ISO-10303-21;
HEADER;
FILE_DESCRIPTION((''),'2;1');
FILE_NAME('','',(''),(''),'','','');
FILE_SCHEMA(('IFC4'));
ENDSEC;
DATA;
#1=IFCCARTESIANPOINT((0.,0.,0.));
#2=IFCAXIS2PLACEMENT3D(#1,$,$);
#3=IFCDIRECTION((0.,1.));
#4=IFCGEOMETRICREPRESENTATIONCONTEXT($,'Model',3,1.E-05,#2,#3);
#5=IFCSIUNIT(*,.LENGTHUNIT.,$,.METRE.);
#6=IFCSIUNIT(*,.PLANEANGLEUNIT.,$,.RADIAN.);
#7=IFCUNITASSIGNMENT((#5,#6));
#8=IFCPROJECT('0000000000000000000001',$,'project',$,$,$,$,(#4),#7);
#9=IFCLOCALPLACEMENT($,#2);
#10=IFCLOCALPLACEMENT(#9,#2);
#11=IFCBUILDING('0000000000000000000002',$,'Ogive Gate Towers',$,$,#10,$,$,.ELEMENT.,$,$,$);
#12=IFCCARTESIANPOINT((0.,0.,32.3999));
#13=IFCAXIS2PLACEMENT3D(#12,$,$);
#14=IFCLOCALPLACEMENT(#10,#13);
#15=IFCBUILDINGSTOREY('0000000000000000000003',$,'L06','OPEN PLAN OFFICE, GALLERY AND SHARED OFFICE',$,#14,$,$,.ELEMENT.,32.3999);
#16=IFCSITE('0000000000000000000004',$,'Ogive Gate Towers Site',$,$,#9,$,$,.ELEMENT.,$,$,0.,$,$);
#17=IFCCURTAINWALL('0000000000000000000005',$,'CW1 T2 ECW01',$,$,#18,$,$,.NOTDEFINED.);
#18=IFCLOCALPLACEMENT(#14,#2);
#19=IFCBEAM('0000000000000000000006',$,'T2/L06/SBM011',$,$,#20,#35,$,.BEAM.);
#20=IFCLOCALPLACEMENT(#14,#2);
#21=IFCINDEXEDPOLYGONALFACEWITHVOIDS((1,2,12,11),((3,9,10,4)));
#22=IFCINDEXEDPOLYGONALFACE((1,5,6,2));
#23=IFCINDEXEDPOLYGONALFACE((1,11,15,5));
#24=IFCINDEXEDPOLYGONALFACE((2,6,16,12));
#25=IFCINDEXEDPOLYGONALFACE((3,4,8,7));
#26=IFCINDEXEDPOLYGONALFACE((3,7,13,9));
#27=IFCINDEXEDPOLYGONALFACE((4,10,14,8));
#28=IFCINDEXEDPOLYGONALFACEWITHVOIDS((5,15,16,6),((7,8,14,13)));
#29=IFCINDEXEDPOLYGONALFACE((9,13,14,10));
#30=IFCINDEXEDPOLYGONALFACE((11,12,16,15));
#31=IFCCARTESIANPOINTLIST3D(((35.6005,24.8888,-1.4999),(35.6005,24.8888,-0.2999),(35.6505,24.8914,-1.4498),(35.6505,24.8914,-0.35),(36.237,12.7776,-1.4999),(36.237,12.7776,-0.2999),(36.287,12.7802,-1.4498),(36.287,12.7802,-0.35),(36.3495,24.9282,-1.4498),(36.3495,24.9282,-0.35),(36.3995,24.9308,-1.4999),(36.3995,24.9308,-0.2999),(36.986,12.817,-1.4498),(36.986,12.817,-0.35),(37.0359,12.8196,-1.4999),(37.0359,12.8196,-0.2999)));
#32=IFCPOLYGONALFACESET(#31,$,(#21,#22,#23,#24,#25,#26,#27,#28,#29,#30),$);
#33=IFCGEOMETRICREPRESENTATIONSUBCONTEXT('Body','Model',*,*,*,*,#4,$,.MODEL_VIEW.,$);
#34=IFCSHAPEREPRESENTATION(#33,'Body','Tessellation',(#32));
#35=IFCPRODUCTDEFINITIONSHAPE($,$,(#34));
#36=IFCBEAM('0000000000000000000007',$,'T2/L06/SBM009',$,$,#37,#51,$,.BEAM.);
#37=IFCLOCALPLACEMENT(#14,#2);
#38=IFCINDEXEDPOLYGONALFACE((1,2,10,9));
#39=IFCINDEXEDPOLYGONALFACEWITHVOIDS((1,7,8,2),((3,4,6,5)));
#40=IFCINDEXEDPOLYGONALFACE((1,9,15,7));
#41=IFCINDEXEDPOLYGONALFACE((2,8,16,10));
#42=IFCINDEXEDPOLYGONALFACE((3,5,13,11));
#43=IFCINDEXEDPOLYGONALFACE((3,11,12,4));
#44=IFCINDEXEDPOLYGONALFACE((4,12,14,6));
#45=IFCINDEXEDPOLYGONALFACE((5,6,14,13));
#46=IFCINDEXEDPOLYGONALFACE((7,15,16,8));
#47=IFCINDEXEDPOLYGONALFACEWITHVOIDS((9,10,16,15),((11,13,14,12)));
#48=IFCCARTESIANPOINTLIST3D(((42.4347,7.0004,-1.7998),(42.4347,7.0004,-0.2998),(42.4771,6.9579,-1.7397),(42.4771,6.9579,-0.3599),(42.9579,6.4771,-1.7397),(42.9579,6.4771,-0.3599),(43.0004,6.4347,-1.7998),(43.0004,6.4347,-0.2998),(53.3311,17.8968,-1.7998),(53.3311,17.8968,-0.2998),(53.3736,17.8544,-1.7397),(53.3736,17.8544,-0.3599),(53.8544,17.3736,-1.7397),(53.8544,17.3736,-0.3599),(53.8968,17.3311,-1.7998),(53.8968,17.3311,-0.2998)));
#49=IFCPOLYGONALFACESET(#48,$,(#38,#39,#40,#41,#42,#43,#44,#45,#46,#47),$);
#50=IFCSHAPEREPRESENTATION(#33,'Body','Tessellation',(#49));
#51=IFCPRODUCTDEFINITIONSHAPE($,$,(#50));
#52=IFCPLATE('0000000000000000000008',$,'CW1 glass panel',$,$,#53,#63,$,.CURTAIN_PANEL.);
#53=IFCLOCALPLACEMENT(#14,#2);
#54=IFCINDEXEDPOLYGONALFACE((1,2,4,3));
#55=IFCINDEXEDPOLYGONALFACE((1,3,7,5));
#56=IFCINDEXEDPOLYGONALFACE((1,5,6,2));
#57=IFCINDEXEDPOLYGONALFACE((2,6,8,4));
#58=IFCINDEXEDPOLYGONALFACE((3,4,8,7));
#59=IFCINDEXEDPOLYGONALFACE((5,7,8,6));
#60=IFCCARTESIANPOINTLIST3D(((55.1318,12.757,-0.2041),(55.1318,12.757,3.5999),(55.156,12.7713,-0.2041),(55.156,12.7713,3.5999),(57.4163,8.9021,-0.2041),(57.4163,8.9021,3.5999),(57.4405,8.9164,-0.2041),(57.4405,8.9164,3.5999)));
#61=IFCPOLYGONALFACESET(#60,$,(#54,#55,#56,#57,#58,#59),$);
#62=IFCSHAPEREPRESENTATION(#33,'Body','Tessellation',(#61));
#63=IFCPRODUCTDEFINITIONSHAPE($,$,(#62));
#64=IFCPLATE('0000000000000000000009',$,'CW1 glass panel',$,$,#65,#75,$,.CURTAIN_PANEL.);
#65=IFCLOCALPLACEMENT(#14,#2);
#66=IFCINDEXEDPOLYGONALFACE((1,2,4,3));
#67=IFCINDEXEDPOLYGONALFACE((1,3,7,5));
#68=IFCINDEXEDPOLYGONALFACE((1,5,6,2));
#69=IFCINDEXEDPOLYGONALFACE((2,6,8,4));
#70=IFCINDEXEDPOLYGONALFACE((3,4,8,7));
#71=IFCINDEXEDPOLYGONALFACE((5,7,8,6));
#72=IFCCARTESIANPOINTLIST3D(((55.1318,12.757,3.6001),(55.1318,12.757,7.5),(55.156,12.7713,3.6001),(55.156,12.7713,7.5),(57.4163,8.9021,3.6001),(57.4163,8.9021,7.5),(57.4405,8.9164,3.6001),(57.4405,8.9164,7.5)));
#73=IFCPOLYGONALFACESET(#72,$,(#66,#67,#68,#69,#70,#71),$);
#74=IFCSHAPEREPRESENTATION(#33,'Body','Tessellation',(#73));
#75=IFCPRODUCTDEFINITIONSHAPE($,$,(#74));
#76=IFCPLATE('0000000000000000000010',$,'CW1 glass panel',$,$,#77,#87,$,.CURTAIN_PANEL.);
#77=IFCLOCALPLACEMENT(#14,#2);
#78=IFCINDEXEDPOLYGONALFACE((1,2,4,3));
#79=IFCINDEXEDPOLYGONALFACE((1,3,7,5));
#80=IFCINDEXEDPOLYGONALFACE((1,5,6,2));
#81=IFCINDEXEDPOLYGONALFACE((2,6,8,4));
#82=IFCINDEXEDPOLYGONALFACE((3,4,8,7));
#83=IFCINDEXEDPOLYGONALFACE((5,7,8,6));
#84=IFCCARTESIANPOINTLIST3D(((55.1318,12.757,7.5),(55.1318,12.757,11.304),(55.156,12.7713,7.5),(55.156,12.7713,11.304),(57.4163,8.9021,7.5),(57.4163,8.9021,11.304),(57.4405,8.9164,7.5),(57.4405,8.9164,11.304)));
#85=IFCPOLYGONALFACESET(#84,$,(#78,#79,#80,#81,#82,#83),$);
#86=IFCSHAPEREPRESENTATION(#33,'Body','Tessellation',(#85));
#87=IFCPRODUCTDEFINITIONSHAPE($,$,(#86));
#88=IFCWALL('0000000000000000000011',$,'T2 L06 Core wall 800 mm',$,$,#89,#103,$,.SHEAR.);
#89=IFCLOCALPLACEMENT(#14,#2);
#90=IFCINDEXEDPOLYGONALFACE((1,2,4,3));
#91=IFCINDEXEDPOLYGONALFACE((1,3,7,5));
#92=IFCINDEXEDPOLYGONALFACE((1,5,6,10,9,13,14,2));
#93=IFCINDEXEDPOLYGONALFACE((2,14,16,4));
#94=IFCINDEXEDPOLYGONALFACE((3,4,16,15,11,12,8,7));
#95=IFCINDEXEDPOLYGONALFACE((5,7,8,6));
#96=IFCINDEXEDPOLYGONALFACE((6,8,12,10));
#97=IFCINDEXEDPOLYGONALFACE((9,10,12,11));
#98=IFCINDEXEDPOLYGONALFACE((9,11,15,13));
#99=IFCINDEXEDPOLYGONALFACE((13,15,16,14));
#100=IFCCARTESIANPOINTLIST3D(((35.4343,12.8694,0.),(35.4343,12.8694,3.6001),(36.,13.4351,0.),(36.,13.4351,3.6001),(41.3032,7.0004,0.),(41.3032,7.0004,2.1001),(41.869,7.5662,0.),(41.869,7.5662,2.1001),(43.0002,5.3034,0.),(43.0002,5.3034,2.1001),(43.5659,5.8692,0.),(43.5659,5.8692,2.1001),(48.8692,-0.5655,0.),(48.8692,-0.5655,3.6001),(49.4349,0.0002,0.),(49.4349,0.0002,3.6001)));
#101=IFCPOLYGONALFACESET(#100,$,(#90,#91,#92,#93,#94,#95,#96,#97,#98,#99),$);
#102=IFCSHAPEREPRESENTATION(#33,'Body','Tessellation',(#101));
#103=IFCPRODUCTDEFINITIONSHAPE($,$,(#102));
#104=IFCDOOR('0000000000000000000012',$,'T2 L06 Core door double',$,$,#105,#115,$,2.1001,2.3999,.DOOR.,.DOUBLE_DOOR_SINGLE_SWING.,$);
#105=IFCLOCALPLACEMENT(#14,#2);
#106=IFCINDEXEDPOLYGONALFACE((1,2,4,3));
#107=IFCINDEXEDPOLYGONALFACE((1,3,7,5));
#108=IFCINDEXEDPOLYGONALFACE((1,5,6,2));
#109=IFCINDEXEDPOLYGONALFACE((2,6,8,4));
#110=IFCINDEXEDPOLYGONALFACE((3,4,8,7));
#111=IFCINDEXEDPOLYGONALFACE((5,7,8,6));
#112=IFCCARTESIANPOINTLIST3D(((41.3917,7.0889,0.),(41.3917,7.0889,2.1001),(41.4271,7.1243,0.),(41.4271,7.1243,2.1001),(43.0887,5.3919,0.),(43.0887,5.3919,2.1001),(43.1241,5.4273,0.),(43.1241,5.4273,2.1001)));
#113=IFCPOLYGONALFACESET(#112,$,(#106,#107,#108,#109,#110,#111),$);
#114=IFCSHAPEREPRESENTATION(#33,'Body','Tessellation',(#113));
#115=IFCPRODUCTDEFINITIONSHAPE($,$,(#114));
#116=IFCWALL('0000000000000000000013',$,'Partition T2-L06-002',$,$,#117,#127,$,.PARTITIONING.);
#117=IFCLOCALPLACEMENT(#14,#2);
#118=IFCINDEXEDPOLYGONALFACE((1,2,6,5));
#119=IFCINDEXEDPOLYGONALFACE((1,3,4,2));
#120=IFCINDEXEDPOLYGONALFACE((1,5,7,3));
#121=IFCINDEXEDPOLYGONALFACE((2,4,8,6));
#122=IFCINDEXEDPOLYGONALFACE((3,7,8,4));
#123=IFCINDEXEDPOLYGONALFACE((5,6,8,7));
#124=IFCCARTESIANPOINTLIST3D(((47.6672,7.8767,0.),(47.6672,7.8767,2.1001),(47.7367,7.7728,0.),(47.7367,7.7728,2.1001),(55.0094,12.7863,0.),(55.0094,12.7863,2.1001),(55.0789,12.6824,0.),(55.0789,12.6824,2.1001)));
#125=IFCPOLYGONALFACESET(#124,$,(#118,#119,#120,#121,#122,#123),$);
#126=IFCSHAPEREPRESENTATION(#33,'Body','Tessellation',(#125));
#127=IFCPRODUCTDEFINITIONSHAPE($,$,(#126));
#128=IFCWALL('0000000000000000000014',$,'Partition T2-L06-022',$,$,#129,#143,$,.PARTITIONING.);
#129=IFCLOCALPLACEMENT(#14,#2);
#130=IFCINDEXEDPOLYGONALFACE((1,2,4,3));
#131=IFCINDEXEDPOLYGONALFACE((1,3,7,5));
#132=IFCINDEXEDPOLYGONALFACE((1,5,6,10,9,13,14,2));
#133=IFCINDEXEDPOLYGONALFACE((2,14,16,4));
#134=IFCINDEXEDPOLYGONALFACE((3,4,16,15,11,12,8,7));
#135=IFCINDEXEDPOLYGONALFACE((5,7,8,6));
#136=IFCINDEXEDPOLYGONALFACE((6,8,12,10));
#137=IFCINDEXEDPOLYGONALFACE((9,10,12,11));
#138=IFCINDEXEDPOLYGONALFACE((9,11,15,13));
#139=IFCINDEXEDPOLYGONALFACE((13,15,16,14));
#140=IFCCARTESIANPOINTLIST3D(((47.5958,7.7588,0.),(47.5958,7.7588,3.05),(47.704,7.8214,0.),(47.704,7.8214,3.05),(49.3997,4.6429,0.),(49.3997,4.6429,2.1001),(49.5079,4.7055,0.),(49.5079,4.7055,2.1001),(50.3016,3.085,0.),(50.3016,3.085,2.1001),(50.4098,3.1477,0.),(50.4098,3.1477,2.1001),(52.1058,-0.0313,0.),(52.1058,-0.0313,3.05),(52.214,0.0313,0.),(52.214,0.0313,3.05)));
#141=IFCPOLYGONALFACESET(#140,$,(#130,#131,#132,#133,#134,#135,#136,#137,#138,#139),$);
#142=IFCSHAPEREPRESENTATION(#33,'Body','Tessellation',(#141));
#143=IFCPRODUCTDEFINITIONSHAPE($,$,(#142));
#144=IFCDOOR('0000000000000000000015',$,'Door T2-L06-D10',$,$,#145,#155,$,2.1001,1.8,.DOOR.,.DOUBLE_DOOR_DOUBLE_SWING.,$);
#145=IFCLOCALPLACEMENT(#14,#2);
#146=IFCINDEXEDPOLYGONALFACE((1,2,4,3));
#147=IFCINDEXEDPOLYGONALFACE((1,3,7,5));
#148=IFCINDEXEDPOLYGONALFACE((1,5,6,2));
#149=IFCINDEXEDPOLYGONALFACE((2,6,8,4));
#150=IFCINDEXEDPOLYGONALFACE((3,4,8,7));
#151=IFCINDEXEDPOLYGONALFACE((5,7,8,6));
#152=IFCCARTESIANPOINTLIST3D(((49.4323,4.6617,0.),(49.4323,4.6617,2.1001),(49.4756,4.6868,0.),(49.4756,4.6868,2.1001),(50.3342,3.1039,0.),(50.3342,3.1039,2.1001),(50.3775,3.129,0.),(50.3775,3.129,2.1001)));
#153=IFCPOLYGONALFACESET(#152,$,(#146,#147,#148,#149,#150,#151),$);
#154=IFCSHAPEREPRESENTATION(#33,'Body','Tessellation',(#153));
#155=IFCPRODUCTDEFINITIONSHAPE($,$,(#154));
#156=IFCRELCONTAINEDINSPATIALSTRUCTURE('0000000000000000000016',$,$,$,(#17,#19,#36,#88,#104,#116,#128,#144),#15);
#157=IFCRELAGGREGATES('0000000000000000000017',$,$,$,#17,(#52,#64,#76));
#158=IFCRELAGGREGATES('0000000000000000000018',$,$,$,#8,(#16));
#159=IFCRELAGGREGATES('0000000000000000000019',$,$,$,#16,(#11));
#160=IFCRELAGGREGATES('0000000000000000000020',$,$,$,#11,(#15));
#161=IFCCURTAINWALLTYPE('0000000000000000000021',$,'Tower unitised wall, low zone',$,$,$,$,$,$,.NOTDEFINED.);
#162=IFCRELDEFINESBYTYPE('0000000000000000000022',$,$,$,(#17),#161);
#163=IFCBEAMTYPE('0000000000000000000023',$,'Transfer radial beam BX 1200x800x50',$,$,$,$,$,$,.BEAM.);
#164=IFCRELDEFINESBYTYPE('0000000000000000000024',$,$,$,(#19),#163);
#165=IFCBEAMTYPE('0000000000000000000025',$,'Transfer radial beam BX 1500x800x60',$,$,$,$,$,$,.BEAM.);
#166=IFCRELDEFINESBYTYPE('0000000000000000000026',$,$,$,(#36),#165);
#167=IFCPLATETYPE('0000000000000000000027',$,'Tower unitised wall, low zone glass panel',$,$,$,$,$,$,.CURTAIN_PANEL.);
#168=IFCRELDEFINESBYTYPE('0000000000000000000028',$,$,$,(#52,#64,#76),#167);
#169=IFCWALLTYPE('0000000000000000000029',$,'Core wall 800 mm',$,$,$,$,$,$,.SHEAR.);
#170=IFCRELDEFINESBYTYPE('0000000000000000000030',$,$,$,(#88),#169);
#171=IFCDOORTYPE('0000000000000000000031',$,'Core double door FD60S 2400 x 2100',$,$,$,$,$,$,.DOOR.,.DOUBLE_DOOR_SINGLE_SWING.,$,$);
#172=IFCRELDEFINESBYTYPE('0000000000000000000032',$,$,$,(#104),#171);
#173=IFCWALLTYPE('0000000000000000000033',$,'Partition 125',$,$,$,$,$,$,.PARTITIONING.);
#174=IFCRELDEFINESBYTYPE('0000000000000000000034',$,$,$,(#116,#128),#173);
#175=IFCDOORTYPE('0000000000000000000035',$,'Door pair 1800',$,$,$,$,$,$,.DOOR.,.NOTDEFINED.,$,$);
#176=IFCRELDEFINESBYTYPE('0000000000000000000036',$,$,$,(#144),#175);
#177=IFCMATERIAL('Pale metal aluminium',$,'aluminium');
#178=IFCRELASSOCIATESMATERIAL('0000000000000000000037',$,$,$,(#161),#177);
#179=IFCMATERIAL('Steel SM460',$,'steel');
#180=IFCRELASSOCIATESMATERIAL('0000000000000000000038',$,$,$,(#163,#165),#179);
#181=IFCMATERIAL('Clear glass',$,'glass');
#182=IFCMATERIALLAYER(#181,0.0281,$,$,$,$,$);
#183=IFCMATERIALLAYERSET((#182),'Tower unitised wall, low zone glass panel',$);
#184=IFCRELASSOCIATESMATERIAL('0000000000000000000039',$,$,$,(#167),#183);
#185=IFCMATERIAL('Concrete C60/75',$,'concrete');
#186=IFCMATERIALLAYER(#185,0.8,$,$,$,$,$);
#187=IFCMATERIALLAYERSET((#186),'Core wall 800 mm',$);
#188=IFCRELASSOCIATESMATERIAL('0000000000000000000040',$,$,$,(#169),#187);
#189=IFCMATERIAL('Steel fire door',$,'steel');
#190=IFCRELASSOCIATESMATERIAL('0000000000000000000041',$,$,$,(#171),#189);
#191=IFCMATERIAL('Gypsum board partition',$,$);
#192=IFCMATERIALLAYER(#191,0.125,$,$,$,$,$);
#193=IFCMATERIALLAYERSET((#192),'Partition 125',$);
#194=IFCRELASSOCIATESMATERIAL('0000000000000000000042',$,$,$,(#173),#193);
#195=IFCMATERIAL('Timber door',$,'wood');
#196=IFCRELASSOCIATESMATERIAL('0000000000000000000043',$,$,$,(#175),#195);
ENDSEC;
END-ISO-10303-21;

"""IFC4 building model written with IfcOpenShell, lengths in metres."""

from ifc_helpers import new_model, si_unit, direction, frame, frame_2d, origin, origin_2d, place, context, subcontext, project, spatial, rectangle, hollow_rectangle, extrude, material, layer, layer_set, material_profile, profile_set, type_object, element, fill, aggregate, save


model = new_model("IFC4")

# Units and contexts
model_context = context("Model", 3, precision=1e-05, world=origin(), true_north=direction((0.0, 1.0)))
body_context = subcontext(model_context, "Body", "Model", "MODEL_VIEW")
ifc_project = project(units=[si_unit("LENGTHUNIT", "METRE"), si_unit("PLANEANGLEUNIT", "RADIAN")], contexts=[model_context])

# Site, building, storey
site_placement = place(None, origin())
site = spatial("IfcSite", under=ifc_project, at=site_placement, Name="Ogive Gate Towers Site", CompositionType="ELEMENT", RefElevation=0.0)
building_placement = place(site_placement, origin())
building = spatial("IfcBuilding", under=site, at=building_placement, Name="Ogive Gate Towers", CompositionType="ELEMENT")
storey_placement = place(building_placement, frame((0.0, 0.0, 32.3999)))
storey = spatial("IfcBuildingStorey", under=building, at=storey_placement, Name="L06", Description="OPEN PLAN OFFICE, GALLERY AND SHARED OFFICE", CompositionType="ELEMENT", Elevation=32.3999)

# Curtain wall
ifc_material_1 = material(Name="Pale metal aluminium", Category="aluminium")
curtain_wall_type = type_object("IfcCurtainWallType", Name="Tower unitised wall, low zone", PredefinedType="NOTDEFINED", material=ifc_material_1)
curtain_wall_placement = place(storey_placement, origin())
curtain_wall = element("IfcCurtainWall", 1, at=curtain_wall_placement, inside=storey, type_object=curtain_wall_type, Name="CW1 T2 ECW01", PredefinedType="NOTDEFINED")

# Beams
ifc_material_2 = material(Name="Steel SM460", Category="steel")
ifc_material_profile_1 = material_profile(ifc_material_2, hollow_rectangle(XDim=0.8, YDim=1.2, WallThickness=0.05, at=origin_2d()), Name="BX 1200x800x50")
ifc_profile_set_1 = profile_set([ifc_material_profile_1], Name="Steel SM460")
beam_type_1 = type_object("IfcBeamType", Name="Transfer radial beam BX 1200x800x50", PredefinedType="BEAM", material=ifc_profile_set_1)
for number, where, z_axis, x_axis, name in (
    (2, (36.6365, 12.7986, -0.8999), (-0.05248, 0.998622, 0.0), (-0.998622, -0.05248, 0.0), "T2/L06/SBM011"),
):
    element("IfcBeam", number, at=place(storey_placement, frame(where, z_axis=z_axis, x_axis=x_axis)), inside=storey, type_object=beam_type_1, Name=name, PredefinedType="BEAM", context=body_context, shape_type="SweptSolid", body=[
        extrude(hollow_rectangle(XDim=0.8, YDim=1.2, WallThickness=0.05, at=origin_2d()), origin(), (0.0, 0.0, 1.0), 12.1279),
    ])
ifc_material_profile_2 = material_profile(ifc_material_2, hollow_rectangle(XDim=0.8, YDim=1.5, WallThickness=0.0601, at=origin_2d()), Name="BX 1500x800x60")
ifc_profile_set_2 = profile_set([ifc_material_profile_2], Name="Steel SM460")
beam_type_2 = type_object("IfcBeamType", Name="Transfer radial beam BX 1500x800x60", PredefinedType="BEAM", material=ifc_profile_set_2)
beam_placement = place(storey_placement, frame((42.7175, 6.7175, -1.0498), z_axis=(0.707107, 0.707107, 0.0), x_axis=(-0.707107, 0.707107, 0.0)))
element("IfcBeam", 3, at=beam_placement, inside=storey, type_object=beam_type_2, Name="T2/L06/SBM009", PredefinedType="BEAM", context=body_context, shape_type="SweptSolid", body=[
    extrude(hollow_rectangle(XDim=0.8, YDim=1.5, WallThickness=0.0601, at=origin_2d()), origin(), (0.0, 0.0, 1.0), 15.4099),
])

# Plates
ifc_material_3 = material(Name="Clear glass", Category="glass")
ifc_layer_1 = layer(ifc_material_3, 0.0281)
ifc_layer_set_1 = layer_set([ifc_layer_1], Name="Tower unitised wall, low zone glass panel")
plate_type = type_object("IfcPlateType", Name="Tower unitised wall, low zone glass panel", PredefinedType="CURTAIN_PANEL", material=ifc_layer_set_1)
plate_1_placement = place(storey_placement, frame((56.2861, 10.8367, -0.2041), z_axis=(0.0, 0.0, 1.0), x_axis=(-0.509822, 0.86028, 0.0)))
plate_1 = element("IfcPlate", 4, at=plate_1_placement, type_object=plate_type, Name="CW1 glass panel", PredefinedType="CURTAIN_PANEL", context=body_context, shape_type="SweptSolid", body=[
    extrude(rectangle(XDim=4.481, YDim=0.0281, at=origin_2d()), origin(), (0.0, 0.0, 1.0), 3.804),
])
plate_2_placement = place(storey_placement, frame((56.2861, 10.8367, 3.6001), z_axis=(0.0, 0.0, 1.0), x_axis=(-0.509822, 0.86028, 0.0)))
plate_2 = element("IfcPlate", 5, at=plate_2_placement, type_object=plate_type, Name="CW1 glass panel", PredefinedType="CURTAIN_PANEL", context=body_context, shape_type="SweptSolid", body=[
    extrude(rectangle(XDim=4.481, YDim=0.0281, at=origin_2d()), origin(), (0.0, 0.0, 1.0), 3.8999),
])
plate_3_placement = place(storey_placement, frame((56.2861, 10.8367, 7.5), z_axis=(0.0, 0.0, 1.0), x_axis=(-0.509822, 0.86028, 0.0)))
plate_3 = element("IfcPlate", 6, at=plate_3_placement, type_object=plate_type, Name="CW1 glass panel", PredefinedType="CURTAIN_PANEL", context=body_context, shape_type="SweptSolid", body=[
    extrude(rectangle(XDim=4.481, YDim=0.0281, at=origin_2d()), origin(), (0.0, 0.0, 1.0), 3.804),
])
aggregate(curtain_wall, [plate_1, plate_2, plate_3])

# Wall, opening, door
ifc_material_4 = material(Name="Concrete C60/75", Category="concrete")
ifc_layer_2 = layer(ifc_material_4, 0.8)
ifc_layer_set_2 = layer_set([ifc_layer_2], Name="Core wall 800 mm")
wall_type_1 = type_object("IfcWallType", Name="Core wall 800 mm", PredefinedType="SHEAR", material=ifc_layer_set_2)
wall_1_placement = place(storey_placement, frame((49.1521, -0.2827, 0.0), z_axis=(0.0, 0.0, 1.0), x_axis=(-0.707107, 0.707107, 0.0)))
wall_1 = element("IfcWall", 7, at=wall_1_placement, inside=storey, type_object=wall_type_1, Name="T2 L06 Core wall 800 mm", PredefinedType="SHEAR", context=body_context, shape_type="SweptSolid", body=[
    extrude(rectangle(XDim=18.9998, YDim=0.8, at=frame_2d((9.5, 0.0))), origin(), (0.0, 0.0, 1.0), 3.6001),
])
opening_1_placement = place(wall_1_placement, frame((8.3, 0.0, 0.0)))
opening_1 = element("IfcOpeningElement", 8, at=opening_1_placement, cuts=wall_1, PredefinedType="OPENING", context=body_context, shape_type="SweptSolid", body=[
    extrude(rectangle(XDim=2.3999, YDim=2.1001, at=frame_2d((1.2, 1.05))), frame((0.0, 0.4102, 0.0), z_axis=(0.0, -1.0, 0.0), x_axis=(1.0, 0.0, 0.0)), (0.0, 0.0, 1.0), 0.8201),
])
ifc_material_5 = material(Name="Steel fire door", Category="steel")
door_type_1 = type_object("IfcDoorType", Name="Core double door FD60S 2400 x 2100", OperationType="DOUBLE_DOOR_SINGLE_SWING", PredefinedType="DOOR", material=ifc_material_5)
door_1_placement = place(opening_1_placement, origin())
door_1 = element("IfcDoor", 9, at=door_1_placement, inside=storey, type_object=door_type_1, Name="T2 L06 Core door double", OperationType="DOUBLE_DOOR_SINGLE_SWING", OverallHeight=2.1001, OverallWidth=2.3999, PredefinedType="DOOR", context=body_context, shape_type="SweptSolid", body=[
    extrude(rectangle(XDim=2.3999, YDim=2.1001, at=frame_2d((1.2, 1.05))), frame((0.0, 0.2749, 0.0), z_axis=(0.0, -1.0, 0.0), x_axis=(1.0, 0.0, 0.0)), (0.0, 0.0, 1.0), 0.05),
])
fill(opening_1, door_1)

# Wall
ifc_material_6 = material(Name="Gypsum board partition")
ifc_layer_3 = layer(ifc_material_6, 0.125)
ifc_layer_set_3 = layer_set([ifc_layer_3], Name="Partition 125")
wall_type_2 = type_object("IfcWallType", Name="Partition 125", PredefinedType="PARTITIONING", material=ifc_layer_set_3)
wall_2_placement = place(storey_placement, frame((55.0442, 12.7344, 0.0), z_axis=(0.0, 0.0, 1.0), x_axis=(-0.831276, -0.555861, 0.0)))
element("IfcWall", 10, at=wall_2_placement, inside=storey, type_object=wall_type_2, Name="Partition T2-L06-002", PredefinedType="PARTITIONING", context=body_context, shape_type="SweptSolid", body=[
    extrude(rectangle(XDim=8.8325, YDim=0.125, at=frame_2d((4.4163, 0.0))), origin(), (0.0, 0.0, 1.0), 2.1001),
])

# Wall, opening, door
wall_3_placement = place(storey_placement, frame((52.1599, 0.0, 0.0), z_axis=(0.0, 0.0, 1.0), x_axis=(-0.501035, 0.865427, 0.0)))
wall_3 = element("IfcWall", 11, at=wall_3_placement, inside=storey, type_object=wall_type_2, Name="Partition T2-L06-022", PredefinedType="PARTITIONING", context=body_context, shape_type="SweptSolid", body=[
    extrude(rectangle(XDim=9.0015, YDim=0.125, at=frame_2d((4.5007, 0.0))), origin(), (0.0, 0.0, 1.0), 3.05),
])
opening_2_placement = place(wall_3_placement, frame((3.6011, 0.0, 0.0)))
opening_2 = element("IfcOpeningElement", 12, at=opening_2_placement, cuts=wall_3, PredefinedType="OPENING", context=body_context, shape_type="SweptSolid", body=[
    extrude(rectangle(XDim=1.8, YDim=2.1001, at=frame_2d((0.8999, 1.05))), frame((0.0, 0.0725, 0.0), z_axis=(0.0, -1.0, 0.0), x_axis=(1.0, 0.0, 0.0)), (0.0, 0.0, 1.0), 0.145),
])
ifc_material_7 = material(Name="Timber door", Category="wood")
door_type_2 = type_object("IfcDoorType", Name="Door pair 1800", OperationType="NOTDEFINED", PredefinedType="DOOR", material=ifc_material_7)
door_2_placement = place(opening_2_placement, origin())
door_2 = element("IfcDoor", 13, at=door_2_placement, inside=storey, type_object=door_type_2, Name="Door T2-L06-D10", OperationType="DOUBLE_DOOR_DOUBLE_SWING", OverallHeight=2.1001, OverallWidth=1.8, PredefinedType="DOOR", context=body_context, shape_type="SweptSolid", body=[
    extrude(rectangle(XDim=1.8, YDim=2.1001, at=frame_2d((0.8999, 1.05))), frame((0.0, 0.0249, 0.0), z_axis=(0.0, -1.0, 0.0), x_axis=(1.0, 0.0, 0.0)), (0.0, 0.0, 1.0), 0.05),
])
fill(opening_2, door_2)

save(model, "model.ifc")
